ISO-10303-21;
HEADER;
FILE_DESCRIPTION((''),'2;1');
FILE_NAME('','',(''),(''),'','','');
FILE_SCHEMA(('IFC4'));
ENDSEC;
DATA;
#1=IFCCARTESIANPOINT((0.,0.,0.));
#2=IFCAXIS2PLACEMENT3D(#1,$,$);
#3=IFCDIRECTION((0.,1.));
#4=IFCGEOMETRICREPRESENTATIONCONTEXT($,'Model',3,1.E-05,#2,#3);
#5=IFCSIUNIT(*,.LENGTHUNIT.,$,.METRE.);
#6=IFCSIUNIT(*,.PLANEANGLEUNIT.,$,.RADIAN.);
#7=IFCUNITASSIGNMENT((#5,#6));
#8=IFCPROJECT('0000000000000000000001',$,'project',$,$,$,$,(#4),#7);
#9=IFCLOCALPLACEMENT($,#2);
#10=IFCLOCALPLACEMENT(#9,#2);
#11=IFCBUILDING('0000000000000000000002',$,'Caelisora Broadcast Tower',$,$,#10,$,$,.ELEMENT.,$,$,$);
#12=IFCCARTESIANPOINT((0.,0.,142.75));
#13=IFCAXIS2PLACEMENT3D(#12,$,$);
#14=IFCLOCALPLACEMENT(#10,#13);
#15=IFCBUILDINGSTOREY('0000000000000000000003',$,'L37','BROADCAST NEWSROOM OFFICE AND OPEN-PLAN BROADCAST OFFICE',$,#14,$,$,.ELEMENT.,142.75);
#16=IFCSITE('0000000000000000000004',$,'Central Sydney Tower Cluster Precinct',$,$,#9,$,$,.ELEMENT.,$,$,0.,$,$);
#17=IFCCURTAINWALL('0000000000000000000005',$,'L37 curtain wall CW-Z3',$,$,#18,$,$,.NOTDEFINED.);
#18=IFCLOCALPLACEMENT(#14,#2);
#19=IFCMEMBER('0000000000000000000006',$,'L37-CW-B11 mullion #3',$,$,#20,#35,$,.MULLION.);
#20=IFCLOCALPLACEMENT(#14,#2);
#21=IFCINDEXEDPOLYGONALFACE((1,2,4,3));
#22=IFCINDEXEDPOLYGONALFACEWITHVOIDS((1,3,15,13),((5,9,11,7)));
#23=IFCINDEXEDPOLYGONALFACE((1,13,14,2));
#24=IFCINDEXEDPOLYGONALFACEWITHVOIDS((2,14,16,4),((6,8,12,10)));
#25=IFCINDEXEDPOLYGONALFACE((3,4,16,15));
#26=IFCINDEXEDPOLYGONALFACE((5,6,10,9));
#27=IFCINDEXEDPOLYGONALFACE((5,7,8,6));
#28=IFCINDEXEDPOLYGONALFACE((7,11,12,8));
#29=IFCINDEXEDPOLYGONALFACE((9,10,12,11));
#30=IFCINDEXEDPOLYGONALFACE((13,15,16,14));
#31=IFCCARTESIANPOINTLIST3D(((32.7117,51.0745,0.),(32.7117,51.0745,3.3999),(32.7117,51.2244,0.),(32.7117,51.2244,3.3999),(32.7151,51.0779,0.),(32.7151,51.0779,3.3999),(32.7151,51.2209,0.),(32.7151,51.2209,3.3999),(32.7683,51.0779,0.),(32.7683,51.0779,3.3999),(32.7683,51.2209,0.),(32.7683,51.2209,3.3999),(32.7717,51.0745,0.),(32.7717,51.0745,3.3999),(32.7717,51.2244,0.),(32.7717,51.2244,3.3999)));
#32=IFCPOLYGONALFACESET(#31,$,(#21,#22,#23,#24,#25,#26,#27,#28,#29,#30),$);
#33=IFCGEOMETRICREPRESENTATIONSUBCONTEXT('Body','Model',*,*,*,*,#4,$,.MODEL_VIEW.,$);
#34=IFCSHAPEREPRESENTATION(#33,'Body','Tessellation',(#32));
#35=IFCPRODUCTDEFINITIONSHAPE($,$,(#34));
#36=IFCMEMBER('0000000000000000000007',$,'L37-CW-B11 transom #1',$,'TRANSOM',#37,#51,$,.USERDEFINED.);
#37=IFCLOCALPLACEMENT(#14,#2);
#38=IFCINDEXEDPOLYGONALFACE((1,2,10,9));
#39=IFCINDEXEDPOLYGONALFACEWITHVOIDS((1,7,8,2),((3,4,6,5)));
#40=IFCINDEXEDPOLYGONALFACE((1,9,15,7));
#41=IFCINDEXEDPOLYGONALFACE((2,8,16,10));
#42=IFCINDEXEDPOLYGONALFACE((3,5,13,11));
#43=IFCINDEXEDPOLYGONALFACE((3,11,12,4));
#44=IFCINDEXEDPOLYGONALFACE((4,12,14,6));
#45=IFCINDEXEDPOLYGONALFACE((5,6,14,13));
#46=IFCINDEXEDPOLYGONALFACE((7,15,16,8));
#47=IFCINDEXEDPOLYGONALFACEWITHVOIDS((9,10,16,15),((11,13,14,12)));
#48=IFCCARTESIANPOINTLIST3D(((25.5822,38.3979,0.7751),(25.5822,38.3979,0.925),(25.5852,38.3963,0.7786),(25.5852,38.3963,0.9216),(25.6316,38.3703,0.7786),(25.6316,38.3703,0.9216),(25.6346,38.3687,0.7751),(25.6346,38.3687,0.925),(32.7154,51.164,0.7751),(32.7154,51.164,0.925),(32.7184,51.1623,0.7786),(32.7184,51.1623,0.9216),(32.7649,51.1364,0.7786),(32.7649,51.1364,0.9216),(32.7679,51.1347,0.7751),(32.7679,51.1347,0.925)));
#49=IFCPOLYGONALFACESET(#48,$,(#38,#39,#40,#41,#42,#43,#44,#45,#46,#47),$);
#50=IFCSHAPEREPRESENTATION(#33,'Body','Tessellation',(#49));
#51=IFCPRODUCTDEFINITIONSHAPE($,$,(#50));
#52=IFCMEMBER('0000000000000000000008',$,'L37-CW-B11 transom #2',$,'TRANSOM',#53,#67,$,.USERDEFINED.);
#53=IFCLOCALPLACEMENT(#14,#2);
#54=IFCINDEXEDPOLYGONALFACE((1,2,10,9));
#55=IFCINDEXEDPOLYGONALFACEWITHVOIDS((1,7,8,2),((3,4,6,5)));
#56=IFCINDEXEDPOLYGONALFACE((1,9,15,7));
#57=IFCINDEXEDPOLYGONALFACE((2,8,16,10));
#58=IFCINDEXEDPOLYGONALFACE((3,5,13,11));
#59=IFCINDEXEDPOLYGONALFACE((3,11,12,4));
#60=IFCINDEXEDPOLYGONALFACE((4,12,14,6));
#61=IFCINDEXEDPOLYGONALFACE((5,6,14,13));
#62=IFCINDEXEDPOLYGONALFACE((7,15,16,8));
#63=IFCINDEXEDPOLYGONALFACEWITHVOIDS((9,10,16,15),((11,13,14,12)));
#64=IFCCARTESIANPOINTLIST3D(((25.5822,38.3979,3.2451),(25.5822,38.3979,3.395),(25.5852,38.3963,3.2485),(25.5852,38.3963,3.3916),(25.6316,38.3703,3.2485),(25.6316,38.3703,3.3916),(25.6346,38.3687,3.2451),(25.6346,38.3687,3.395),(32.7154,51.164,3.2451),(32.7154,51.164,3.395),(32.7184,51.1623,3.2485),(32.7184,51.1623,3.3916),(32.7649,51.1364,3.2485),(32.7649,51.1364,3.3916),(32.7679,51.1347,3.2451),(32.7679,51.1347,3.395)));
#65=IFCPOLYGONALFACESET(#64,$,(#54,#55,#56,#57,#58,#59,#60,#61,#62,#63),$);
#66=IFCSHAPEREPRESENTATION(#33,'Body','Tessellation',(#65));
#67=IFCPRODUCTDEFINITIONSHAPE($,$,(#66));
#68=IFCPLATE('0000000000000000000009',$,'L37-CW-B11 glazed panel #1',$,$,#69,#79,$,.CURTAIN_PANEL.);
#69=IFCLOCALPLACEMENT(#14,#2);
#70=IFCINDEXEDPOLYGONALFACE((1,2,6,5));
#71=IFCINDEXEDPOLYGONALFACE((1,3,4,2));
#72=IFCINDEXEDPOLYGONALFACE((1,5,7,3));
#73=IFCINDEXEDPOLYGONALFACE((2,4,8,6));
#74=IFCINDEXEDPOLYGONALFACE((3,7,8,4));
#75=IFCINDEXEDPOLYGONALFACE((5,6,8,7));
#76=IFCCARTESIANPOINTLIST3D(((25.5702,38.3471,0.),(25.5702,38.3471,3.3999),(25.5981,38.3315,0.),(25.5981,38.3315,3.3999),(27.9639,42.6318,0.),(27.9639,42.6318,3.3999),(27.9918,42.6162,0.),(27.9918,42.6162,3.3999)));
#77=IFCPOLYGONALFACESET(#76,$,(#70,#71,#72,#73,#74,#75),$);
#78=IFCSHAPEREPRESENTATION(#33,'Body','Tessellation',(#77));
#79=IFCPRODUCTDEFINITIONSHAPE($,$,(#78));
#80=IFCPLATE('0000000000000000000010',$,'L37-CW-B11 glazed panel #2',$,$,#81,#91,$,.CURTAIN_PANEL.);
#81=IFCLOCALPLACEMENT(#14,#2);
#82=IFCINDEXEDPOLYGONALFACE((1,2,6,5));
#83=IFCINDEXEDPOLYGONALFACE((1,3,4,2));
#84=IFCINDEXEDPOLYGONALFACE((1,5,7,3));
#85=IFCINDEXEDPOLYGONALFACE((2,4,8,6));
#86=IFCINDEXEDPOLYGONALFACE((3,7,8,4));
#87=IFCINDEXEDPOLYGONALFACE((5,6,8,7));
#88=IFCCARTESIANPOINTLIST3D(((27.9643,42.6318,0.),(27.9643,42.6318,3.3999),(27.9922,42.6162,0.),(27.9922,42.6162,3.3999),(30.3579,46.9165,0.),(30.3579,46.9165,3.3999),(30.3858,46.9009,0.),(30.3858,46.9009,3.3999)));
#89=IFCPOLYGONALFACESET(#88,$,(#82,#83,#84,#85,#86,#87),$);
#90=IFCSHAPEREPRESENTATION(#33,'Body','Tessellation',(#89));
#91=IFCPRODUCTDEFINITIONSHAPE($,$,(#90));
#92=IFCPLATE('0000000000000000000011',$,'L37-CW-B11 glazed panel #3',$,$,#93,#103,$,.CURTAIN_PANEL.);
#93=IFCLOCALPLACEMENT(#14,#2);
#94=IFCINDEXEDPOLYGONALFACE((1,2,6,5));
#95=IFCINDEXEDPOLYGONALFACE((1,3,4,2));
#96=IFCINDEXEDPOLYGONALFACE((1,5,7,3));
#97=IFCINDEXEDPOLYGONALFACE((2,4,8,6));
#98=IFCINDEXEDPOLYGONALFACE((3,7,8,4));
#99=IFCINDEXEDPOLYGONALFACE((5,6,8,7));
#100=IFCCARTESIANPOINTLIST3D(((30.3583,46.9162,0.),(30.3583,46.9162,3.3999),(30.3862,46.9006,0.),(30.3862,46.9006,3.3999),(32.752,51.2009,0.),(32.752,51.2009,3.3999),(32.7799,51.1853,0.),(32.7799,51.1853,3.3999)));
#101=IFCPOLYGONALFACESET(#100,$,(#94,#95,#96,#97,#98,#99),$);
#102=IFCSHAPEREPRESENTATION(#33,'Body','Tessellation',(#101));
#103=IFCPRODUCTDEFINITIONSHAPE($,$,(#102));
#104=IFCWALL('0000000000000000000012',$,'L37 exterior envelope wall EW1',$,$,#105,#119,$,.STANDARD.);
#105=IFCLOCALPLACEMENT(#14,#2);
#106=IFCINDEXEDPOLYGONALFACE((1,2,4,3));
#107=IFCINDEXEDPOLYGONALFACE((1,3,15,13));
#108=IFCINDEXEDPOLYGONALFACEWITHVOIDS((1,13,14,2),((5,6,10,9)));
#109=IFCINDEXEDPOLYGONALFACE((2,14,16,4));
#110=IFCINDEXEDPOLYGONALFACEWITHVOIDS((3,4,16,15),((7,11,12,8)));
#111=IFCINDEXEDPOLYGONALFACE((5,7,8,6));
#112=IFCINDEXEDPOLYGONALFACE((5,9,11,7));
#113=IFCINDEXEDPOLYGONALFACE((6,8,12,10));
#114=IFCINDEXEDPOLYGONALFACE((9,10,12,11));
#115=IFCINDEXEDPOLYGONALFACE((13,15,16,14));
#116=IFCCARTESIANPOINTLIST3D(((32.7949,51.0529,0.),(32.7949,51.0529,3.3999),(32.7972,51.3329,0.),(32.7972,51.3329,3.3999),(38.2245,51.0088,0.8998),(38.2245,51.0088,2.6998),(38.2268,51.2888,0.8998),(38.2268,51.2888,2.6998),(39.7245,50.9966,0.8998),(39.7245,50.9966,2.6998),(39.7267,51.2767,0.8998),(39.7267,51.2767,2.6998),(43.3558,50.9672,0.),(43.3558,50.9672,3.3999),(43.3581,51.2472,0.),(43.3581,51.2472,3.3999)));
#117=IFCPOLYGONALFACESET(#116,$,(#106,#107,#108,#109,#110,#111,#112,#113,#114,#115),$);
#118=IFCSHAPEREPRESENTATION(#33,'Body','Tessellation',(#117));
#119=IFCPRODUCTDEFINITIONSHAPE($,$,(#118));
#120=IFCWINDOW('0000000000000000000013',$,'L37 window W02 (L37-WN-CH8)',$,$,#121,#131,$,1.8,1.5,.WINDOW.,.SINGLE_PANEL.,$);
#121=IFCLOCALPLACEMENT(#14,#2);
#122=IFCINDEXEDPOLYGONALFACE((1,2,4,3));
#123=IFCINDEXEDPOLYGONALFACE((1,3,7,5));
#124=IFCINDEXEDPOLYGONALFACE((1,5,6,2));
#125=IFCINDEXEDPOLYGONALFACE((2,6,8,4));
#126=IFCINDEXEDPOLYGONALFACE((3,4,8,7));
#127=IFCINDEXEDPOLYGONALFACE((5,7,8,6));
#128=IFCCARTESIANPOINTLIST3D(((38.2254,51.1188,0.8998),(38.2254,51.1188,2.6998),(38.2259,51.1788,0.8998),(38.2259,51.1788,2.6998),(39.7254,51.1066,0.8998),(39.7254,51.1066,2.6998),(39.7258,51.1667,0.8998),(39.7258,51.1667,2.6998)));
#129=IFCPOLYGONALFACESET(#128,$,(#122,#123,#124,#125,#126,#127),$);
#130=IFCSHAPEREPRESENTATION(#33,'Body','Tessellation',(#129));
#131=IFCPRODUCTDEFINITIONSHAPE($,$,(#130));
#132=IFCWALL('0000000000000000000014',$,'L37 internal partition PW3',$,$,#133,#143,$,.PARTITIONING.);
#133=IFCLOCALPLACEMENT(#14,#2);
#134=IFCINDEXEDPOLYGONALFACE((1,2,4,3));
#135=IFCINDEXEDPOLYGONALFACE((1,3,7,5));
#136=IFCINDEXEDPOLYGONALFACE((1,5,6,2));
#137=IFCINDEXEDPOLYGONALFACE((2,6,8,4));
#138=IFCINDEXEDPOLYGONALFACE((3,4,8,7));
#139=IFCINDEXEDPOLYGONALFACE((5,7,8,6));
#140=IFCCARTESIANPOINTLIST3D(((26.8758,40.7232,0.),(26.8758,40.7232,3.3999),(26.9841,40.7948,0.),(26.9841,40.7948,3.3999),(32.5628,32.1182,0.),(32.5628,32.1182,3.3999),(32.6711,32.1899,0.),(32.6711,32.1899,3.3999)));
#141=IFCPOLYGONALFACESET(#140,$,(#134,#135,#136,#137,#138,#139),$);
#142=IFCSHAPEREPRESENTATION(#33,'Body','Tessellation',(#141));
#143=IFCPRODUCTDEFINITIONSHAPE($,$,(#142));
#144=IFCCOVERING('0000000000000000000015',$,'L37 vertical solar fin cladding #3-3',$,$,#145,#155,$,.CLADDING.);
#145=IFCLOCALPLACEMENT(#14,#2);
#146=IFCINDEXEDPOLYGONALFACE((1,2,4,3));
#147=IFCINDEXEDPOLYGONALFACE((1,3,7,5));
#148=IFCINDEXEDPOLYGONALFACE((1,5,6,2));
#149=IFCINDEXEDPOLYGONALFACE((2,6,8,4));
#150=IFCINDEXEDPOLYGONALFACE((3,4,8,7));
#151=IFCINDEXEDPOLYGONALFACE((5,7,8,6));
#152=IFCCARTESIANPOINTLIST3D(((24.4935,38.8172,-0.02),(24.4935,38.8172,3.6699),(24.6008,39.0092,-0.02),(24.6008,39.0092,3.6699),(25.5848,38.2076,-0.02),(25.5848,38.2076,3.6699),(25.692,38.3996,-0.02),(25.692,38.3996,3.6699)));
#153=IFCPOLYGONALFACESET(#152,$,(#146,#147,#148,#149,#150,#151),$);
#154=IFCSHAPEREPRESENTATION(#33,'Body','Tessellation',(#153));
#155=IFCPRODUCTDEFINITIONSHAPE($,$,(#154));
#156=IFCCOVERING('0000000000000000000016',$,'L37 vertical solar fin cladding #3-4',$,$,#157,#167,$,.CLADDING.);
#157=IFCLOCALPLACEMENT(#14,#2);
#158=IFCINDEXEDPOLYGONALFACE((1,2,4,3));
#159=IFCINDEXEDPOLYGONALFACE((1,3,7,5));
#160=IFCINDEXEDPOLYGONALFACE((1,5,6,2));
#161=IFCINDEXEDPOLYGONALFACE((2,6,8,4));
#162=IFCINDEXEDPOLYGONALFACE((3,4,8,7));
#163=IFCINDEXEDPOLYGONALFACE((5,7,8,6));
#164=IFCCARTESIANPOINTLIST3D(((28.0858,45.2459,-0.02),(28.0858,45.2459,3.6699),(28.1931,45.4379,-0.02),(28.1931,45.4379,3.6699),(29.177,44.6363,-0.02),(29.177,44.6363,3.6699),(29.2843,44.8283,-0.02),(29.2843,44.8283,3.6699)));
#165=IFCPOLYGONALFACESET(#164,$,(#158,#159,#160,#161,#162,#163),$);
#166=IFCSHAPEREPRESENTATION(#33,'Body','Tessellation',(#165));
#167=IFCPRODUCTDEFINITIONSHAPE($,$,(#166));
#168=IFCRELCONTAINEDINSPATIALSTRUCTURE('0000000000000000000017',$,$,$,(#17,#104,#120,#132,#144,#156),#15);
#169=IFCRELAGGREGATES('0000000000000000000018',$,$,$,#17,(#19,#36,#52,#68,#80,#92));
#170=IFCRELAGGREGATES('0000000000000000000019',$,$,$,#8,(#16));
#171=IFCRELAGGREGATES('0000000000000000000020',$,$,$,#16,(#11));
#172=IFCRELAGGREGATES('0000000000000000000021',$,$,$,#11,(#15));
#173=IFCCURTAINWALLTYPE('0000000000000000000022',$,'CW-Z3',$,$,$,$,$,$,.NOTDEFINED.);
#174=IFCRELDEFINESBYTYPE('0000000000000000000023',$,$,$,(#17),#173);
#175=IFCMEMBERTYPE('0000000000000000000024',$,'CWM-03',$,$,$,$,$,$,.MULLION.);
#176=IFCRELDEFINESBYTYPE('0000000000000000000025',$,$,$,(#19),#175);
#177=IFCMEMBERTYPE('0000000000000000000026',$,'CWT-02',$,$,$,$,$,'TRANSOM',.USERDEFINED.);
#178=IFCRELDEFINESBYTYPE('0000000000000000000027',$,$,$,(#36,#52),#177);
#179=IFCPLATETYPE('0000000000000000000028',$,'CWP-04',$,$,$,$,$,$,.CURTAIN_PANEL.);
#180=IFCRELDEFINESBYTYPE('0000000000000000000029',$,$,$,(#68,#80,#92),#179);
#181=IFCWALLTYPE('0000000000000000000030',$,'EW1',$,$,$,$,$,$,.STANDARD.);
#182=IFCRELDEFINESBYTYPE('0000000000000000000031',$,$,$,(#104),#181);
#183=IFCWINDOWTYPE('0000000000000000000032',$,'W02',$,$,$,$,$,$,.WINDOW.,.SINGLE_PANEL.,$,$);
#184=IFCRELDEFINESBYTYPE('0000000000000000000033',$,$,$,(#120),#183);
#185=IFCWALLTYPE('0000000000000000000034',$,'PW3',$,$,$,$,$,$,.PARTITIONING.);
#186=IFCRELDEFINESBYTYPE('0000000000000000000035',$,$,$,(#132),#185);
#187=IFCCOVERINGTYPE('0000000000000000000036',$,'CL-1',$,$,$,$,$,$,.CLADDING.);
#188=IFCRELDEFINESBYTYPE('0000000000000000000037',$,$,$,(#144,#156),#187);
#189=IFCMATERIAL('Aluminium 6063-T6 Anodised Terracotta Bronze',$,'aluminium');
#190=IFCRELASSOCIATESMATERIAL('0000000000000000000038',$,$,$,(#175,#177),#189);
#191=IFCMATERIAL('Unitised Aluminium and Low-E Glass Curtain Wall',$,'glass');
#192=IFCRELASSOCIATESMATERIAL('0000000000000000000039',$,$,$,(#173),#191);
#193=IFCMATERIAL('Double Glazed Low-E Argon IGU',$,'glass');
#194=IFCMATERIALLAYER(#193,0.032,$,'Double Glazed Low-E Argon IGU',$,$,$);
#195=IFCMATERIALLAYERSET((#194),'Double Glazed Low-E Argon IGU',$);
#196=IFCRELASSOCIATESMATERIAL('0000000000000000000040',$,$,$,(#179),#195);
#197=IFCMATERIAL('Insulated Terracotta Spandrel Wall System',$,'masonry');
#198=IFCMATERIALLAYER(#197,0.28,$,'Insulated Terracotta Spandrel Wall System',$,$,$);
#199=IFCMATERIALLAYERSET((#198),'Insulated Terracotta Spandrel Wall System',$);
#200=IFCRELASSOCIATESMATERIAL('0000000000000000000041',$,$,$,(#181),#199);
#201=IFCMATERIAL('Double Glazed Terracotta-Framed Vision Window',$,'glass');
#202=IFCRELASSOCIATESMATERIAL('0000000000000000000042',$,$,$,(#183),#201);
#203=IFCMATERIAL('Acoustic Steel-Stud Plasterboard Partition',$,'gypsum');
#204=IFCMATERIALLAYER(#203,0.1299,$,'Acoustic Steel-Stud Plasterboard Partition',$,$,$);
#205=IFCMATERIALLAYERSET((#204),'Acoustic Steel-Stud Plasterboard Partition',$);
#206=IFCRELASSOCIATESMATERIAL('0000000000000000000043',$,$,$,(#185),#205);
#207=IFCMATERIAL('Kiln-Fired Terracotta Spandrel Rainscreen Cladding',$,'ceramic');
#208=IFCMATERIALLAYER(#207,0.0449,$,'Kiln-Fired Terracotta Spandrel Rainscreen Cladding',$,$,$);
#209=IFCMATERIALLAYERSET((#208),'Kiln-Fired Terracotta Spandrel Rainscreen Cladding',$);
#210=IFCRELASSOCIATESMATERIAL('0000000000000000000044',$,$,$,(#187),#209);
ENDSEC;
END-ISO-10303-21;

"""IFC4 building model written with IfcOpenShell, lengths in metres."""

from ifc_helpers import new_model, si_unit, direction, frame, frame_2d, origin, origin_2d, place, context, subcontext, project, spatial, rectangle, hollow_rectangle, extrude, source, transform, mapped, material, layer, layer_set, material_profile, profile_set, type_object, type_shapes, element, fill, aggregate, save


model = new_model("IFC4")

# Units and contexts
model_context = context("Model", 3, precision=1e-05, world=origin(), true_north=direction((0.0, 1.0)))
body_context = subcontext(model_context, "Body", "Model", "MODEL_VIEW")
ifc_project = project(units=[si_unit("LENGTHUNIT", "METRE"), si_unit("PLANEANGLEUNIT", "RADIAN")], contexts=[model_context])

# Site, building, storey
site_placement = place(None, origin())
site = spatial("IfcSite", under=ifc_project, at=site_placement, Name="Central Sydney Tower Cluster Precinct", CompositionType="ELEMENT", RefElevation=0.0)
building_placement = place(site_placement, origin())
building = spatial("IfcBuilding", under=site, at=building_placement, Name="Caelisora Broadcast Tower", CompositionType="ELEMENT")
storey_placement = place(building_placement, frame((0.0, 0.0, 142.75)))
storey = spatial("IfcBuildingStorey", under=building, at=storey_placement, Name="L37", Description="BROADCAST NEWSROOM OFFICE AND OPEN-PLAN BROADCAST OFFICE", CompositionType="ELEMENT", Elevation=142.75)

# Shared definitions
ifc_material_1 = material(Name="Aluminium 6063-T6 Anodised Terracotta Bronze", Category="aluminium")
ifc_material_profile_1 = material_profile(ifc_material_1, hollow_rectangle(XDim=0.0601, YDim=0.1499, WallThickness=0.0034, at=origin_2d()), Name="Aluminium 6063-T6 Anodised Terracotta Bronze")
ifc_profile_set_1 = profile_set([ifc_material_profile_1], Name="Aluminium 6063-T6 Anodised Terracotta Bronze")
member_type_1 = type_object("IfcMemberType", Name="CWM-03", PredefinedType="MULLION", material=ifc_profile_set_1)
shared_shape_1 = source(origin(), body_context, "Body", "SweptSolid", [
    extrude(hollow_rectangle(XDim=0.0601, YDim=0.1499, WallThickness=0.0034, at=origin_2d()), origin(), (0.0, 0.0, 1.0), 3.3999),
])
type_shapes(member_type_1, [shared_shape_1])

# Curtain wall, members, plates
ifc_material_2 = material(Name="Unitised Aluminium and Low-E Glass Curtain Wall", Category="glass")
curtain_wall_type_1 = type_object("IfcCurtainWallType", Name="CW-Z3", PredefinedType="NOTDEFINED", material=ifc_material_2)
curtain_wall_1_placement = place(storey_placement, origin())
curtain_wall_1 = element("IfcCurtainWall", 1, at=curtain_wall_1_placement, inside=storey, type_object=curtain_wall_type_1, Name="L37 curtain wall CW-Z3", PredefinedType="NOTDEFINED")
member_1_placement = place(storey_placement, frame((32.7417, 51.1494, 0.0), z_axis=(0.0, 0.0, 1.0), x_axis=(1.0, 0.0, 0.0)))
member_1 = element("IfcMember", 2, at=member_1_placement, type_object=member_type_1, Name="L37-CW-B11 mullion #3", PredefinedType="MULLION", context=body_context, shape_type="MappedRepresentation", body=[
    mapped(shared_shape_1, transform((0.0, 0.0, 0.0), scale=1.0)),
])
ifc_material_profile_2 = material_profile(ifc_material_1, hollow_rectangle(XDim=0.0601, YDim=0.1499, WallThickness=0.0034, at=origin_2d()), Name="Aluminium 6063-T6 Anodised Terracotta Bronze")
ifc_profile_set_2 = profile_set([ifc_material_profile_2], Name="Aluminium 6063-T6 Anodised Terracotta Bronze")
member_type_2 = type_object("IfcMemberType", Name="CWT-02", ElementType="TRANSOM", PredefinedType="USERDEFINED", material=ifc_profile_set_2)
shared_shape_2 = source(origin(), body_context, "Body", "SweptSolid", [
    extrude(hollow_rectangle(XDim=0.0601, YDim=0.1499, WallThickness=0.0034, at=origin_2d()), origin(), (0.0, 0.0, 1.0), 14.6238),
])
type_shapes(member_type_2, [shared_shape_2])
member_2_placement = place(storey_placement, frame((25.6084, 38.3833, 0.8501), z_axis=(0.487785, 0.872964, 0.0), x_axis=(-0.872964, 0.487785, 0.0)))
member_2 = element("IfcMember", 3, at=member_2_placement, type_object=member_type_2, Name="L37-CW-B11 transom #1", ObjectType="TRANSOM", PredefinedType="USERDEFINED", context=body_context, shape_type="MappedRepresentation", body=[
    mapped(shared_shape_2, transform((0.0, 0.0, 0.0), scale=1.0)),
])
member_3_placement = place(storey_placement, frame((25.6084, 38.3833, 3.3201), z_axis=(0.487785, 0.872964, 0.0), x_axis=(-0.872964, 0.487785, 0.0)))
member_3 = element("IfcMember", 4, at=member_3_placement, type_object=member_type_2, Name="L37-CW-B11 transom #2", ObjectType="TRANSOM", PredefinedType="USERDEFINED", context=body_context, shape_type="MappedRepresentation", body=[
    mapped(shared_shape_2, transform((0.0, 0.0, 0.0), scale=1.0)),
])
ifc_material_3 = material(Name="Double Glazed Low-E Argon IGU", Category="glass")
ifc_layer_1 = layer(ifc_material_3, 0.032, Name="Double Glazed Low-E Argon IGU")
ifc_layer_set_1 = layer_set([ifc_layer_1], Name="Double Glazed Low-E Argon IGU")
plate_type = type_object("IfcPlateType", Name="CWP-04", PredefinedType="CURTAIN_PANEL", material=ifc_layer_set_1)
shared_shape_3 = source(origin(), body_context, "Body", "SweptSolid", [
    extrude(rectangle(XDim=4.908, YDim=0.032, at=origin_2d()), origin(), (0.0, 0.0, 1.0), 3.3999),
])
type_shapes(plate_type, [shared_shape_3])
plate_1_placement = place(storey_placement, frame((26.781, 40.4817, 0.0), z_axis=(0.0, 0.0, 1.0), x_axis=(0.487707, 0.873007, 0.0)))
plate_1 = element("IfcPlate", 5, at=plate_1_placement, type_object=plate_type, Name="L37-CW-B11 glazed panel #1", PredefinedType="CURTAIN_PANEL", context=body_context, shape_type="MappedRepresentation", body=[
    mapped(shared_shape_3, transform((0.0, 0.0, 0.0), scale=1.0)),
])
plate_2_placement = place(storey_placement, frame((29.175, 44.7664, 0.0), z_axis=(0.0, 0.0, 1.0), x_axis=(0.487707, 0.873007, 0.0)))
plate_2 = element("IfcPlate", 6, at=plate_2_placement, type_object=plate_type, Name="L37-CW-B11 glazed panel #2", PredefinedType="CURTAIN_PANEL", context=body_context, shape_type="MappedRepresentation", body=[
    mapped(shared_shape_3, transform((0.0, 0.0, 0.0), scale=1.0)),
])
plate_3_placement = place(storey_placement, frame((31.5691, 49.0508, 0.0), z_axis=(0.0, 0.0, 1.0), x_axis=(0.487707, 0.873007, 0.0)))
plate_3 = element("IfcPlate", 7, at=plate_3_placement, type_object=plate_type, Name="L37-CW-B11 glazed panel #3", PredefinedType="CURTAIN_PANEL", context=body_context, shape_type="MappedRepresentation", body=[
    mapped(shared_shape_3, transform((0.0, 0.0, 0.0), scale=1.0)),
])
aggregate(curtain_wall_1, [member_1, member_2, member_3, plate_1, plate_2, plate_3])

# Wall, opening, window
ifc_material_4 = material(Name="Insulated Terracotta Spandrel Wall System", Category="masonry")
ifc_layer_2 = layer(ifc_material_4, 0.28, Name="Insulated Terracotta Spandrel Wall System")
ifc_layer_set_2 = layer_set([ifc_layer_2], Name="Insulated Terracotta Spandrel Wall System")
wall_type_1 = type_object("IfcWallType", Name="EW1", PredefinedType="STANDARD", material=ifc_layer_set_2)
wall_1_placement = place(storey_placement, frame((32.7959, 51.1929, 0.0), z_axis=(0.0, 0.0, 1.0), x_axis=(0.999967, -0.008114, 0.0)))
wall_1 = element("IfcWall", 8, at=wall_1_placement, inside=storey, type_object=wall_type_1, Name="L37 exterior envelope wall EW1", PredefinedType="STANDARD", context=body_context, shape_type="SweptSolid", body=[
    extrude(rectangle(XDim=10.5613, YDim=0.28, at=frame_2d((5.2808, 0.0))), origin(), (0.0, 0.0, 1.0), 3.3999),
])
opening_placement = place(wall_1_placement, frame((5.4299, 0.0, 0.8999)))
opening = element("IfcOpeningElement", 9, at=opening_placement, cuts=wall_1, PredefinedType="OPENING", context=body_context, shape_type="SweptSolid", body=[
    extrude(rectangle(XDim=1.5, YDim=1.8, at=frame_2d((0.75, 0.8999))), frame((0.0, 0.1521, 0.0), z_axis=(0.0, -1.0, 0.0), x_axis=(1.0, 0.0, 0.0)), (0.0, 0.0, 1.0), 0.304),
])
ifc_material_5 = material(Name="Double Glazed Terracotta-Framed Vision Window", Category="glass")
window_type = type_object("IfcWindowType", Name="W02", PartitioningType="SINGLE_PANEL", PredefinedType="WINDOW", material=ifc_material_5)
window_placement = place(opening_placement, origin())
window = element("IfcWindow", 10, at=window_placement, inside=storey, type_object=window_type, Name="L37 window W02 (L37-WN-CH8)", OverallHeight=1.8, OverallWidth=1.5, PartitioningType="SINGLE_PANEL", PredefinedType="WINDOW", context=body_context, shape_type="SweptSolid", body=[
    extrude(rectangle(XDim=1.5, YDim=1.8, at=frame_2d((0.75, 0.8999))), frame((0.0, 0.03, 0.0), z_axis=(0.0, -1.0, 0.0), x_axis=(1.0, 0.0, 0.0)), (0.0, 0.0, 1.0), 0.0601),
])
fill(opening, window)

# Wall
ifc_material_6 = material(Name="Acoustic Steel-Stud Plasterboard Partition", Category="gypsum")
ifc_layer_3 = layer(ifc_material_6, 0.1299, Name="Acoustic Steel-Stud Plasterboard Partition")
ifc_layer_set_3 = layer_set([ifc_layer_3], Name="Acoustic Steel-Stud Plasterboard Partition")
wall_type_2 = type_object("IfcWallType", Name="PW3", PredefinedType="PARTITIONING", material=ifc_layer_set_3)
wall_2_placement = place(storey_placement, frame((26.9299, 40.759, 0.0), z_axis=(0.0, 0.0, 1.0), x_axis=(0.551364, -0.834265, 0.0)))
element("IfcWall", 11, at=wall_2_placement, inside=storey, type_object=wall_type_2, Name="L37 internal partition PW3", PredefinedType="PARTITIONING", context=body_context, shape_type="SweptSolid", body=[
    extrude(rectangle(XDim=10.3145, YDim=0.1299, at=frame_2d((5.1572, 0.0))), origin(), (0.0, 0.0, 1.0), 3.3999),
])

# Coverings
ifc_material_7 = material(Name="Kiln-Fired Terracotta Spandrel Rainscreen Cladding", Category="ceramic")
ifc_layer_4 = layer(ifc_material_7, 0.0449, Name="Kiln-Fired Terracotta Spandrel Rainscreen Cladding")
ifc_layer_set_4 = layer_set([ifc_layer_4], Name="Kiln-Fired Terracotta Spandrel Rainscreen Cladding")
covering_type = type_object("IfcCoveringType", Name="CL-1", PredefinedType="CLADDING", material=ifc_layer_set_4)
shared_shape_4 = source(origin(), body_context, "Body", "SweptSolid", [
    extrude(rectangle(XDim=0.22, YDim=1.25, at=origin_2d()), origin(), (0.0, 0.0, 1.0), 3.6899),
])
type_shapes(covering_type, [shared_shape_4])
for number, where, z_axis, x_axis, name in (
    (12, (25.0928, 38.6084, -0.02), (0.0, 0.0, 1.0), (0.487707, 0.873007, 0.0), "L37 vertical solar fin cladding #3-3"),
    (13, (28.6851, 45.0371, -0.02), (0.0, 0.0, 1.0), (0.487707, 0.873007, 0.0), "L37 vertical solar fin cladding #3-4"),
):
    element("IfcCovering", number, at=place(storey_placement, frame(where, z_axis=z_axis, x_axis=x_axis)), inside=storey, type_object=covering_type, Name=name, PredefinedType="CLADDING", context=body_context, shape_type="MappedRepresentation", body=[
        mapped(shared_shape_4, transform((0.0, 0.0, 0.0), scale=1.0)),
    ])

save(model, "model.ifc")
